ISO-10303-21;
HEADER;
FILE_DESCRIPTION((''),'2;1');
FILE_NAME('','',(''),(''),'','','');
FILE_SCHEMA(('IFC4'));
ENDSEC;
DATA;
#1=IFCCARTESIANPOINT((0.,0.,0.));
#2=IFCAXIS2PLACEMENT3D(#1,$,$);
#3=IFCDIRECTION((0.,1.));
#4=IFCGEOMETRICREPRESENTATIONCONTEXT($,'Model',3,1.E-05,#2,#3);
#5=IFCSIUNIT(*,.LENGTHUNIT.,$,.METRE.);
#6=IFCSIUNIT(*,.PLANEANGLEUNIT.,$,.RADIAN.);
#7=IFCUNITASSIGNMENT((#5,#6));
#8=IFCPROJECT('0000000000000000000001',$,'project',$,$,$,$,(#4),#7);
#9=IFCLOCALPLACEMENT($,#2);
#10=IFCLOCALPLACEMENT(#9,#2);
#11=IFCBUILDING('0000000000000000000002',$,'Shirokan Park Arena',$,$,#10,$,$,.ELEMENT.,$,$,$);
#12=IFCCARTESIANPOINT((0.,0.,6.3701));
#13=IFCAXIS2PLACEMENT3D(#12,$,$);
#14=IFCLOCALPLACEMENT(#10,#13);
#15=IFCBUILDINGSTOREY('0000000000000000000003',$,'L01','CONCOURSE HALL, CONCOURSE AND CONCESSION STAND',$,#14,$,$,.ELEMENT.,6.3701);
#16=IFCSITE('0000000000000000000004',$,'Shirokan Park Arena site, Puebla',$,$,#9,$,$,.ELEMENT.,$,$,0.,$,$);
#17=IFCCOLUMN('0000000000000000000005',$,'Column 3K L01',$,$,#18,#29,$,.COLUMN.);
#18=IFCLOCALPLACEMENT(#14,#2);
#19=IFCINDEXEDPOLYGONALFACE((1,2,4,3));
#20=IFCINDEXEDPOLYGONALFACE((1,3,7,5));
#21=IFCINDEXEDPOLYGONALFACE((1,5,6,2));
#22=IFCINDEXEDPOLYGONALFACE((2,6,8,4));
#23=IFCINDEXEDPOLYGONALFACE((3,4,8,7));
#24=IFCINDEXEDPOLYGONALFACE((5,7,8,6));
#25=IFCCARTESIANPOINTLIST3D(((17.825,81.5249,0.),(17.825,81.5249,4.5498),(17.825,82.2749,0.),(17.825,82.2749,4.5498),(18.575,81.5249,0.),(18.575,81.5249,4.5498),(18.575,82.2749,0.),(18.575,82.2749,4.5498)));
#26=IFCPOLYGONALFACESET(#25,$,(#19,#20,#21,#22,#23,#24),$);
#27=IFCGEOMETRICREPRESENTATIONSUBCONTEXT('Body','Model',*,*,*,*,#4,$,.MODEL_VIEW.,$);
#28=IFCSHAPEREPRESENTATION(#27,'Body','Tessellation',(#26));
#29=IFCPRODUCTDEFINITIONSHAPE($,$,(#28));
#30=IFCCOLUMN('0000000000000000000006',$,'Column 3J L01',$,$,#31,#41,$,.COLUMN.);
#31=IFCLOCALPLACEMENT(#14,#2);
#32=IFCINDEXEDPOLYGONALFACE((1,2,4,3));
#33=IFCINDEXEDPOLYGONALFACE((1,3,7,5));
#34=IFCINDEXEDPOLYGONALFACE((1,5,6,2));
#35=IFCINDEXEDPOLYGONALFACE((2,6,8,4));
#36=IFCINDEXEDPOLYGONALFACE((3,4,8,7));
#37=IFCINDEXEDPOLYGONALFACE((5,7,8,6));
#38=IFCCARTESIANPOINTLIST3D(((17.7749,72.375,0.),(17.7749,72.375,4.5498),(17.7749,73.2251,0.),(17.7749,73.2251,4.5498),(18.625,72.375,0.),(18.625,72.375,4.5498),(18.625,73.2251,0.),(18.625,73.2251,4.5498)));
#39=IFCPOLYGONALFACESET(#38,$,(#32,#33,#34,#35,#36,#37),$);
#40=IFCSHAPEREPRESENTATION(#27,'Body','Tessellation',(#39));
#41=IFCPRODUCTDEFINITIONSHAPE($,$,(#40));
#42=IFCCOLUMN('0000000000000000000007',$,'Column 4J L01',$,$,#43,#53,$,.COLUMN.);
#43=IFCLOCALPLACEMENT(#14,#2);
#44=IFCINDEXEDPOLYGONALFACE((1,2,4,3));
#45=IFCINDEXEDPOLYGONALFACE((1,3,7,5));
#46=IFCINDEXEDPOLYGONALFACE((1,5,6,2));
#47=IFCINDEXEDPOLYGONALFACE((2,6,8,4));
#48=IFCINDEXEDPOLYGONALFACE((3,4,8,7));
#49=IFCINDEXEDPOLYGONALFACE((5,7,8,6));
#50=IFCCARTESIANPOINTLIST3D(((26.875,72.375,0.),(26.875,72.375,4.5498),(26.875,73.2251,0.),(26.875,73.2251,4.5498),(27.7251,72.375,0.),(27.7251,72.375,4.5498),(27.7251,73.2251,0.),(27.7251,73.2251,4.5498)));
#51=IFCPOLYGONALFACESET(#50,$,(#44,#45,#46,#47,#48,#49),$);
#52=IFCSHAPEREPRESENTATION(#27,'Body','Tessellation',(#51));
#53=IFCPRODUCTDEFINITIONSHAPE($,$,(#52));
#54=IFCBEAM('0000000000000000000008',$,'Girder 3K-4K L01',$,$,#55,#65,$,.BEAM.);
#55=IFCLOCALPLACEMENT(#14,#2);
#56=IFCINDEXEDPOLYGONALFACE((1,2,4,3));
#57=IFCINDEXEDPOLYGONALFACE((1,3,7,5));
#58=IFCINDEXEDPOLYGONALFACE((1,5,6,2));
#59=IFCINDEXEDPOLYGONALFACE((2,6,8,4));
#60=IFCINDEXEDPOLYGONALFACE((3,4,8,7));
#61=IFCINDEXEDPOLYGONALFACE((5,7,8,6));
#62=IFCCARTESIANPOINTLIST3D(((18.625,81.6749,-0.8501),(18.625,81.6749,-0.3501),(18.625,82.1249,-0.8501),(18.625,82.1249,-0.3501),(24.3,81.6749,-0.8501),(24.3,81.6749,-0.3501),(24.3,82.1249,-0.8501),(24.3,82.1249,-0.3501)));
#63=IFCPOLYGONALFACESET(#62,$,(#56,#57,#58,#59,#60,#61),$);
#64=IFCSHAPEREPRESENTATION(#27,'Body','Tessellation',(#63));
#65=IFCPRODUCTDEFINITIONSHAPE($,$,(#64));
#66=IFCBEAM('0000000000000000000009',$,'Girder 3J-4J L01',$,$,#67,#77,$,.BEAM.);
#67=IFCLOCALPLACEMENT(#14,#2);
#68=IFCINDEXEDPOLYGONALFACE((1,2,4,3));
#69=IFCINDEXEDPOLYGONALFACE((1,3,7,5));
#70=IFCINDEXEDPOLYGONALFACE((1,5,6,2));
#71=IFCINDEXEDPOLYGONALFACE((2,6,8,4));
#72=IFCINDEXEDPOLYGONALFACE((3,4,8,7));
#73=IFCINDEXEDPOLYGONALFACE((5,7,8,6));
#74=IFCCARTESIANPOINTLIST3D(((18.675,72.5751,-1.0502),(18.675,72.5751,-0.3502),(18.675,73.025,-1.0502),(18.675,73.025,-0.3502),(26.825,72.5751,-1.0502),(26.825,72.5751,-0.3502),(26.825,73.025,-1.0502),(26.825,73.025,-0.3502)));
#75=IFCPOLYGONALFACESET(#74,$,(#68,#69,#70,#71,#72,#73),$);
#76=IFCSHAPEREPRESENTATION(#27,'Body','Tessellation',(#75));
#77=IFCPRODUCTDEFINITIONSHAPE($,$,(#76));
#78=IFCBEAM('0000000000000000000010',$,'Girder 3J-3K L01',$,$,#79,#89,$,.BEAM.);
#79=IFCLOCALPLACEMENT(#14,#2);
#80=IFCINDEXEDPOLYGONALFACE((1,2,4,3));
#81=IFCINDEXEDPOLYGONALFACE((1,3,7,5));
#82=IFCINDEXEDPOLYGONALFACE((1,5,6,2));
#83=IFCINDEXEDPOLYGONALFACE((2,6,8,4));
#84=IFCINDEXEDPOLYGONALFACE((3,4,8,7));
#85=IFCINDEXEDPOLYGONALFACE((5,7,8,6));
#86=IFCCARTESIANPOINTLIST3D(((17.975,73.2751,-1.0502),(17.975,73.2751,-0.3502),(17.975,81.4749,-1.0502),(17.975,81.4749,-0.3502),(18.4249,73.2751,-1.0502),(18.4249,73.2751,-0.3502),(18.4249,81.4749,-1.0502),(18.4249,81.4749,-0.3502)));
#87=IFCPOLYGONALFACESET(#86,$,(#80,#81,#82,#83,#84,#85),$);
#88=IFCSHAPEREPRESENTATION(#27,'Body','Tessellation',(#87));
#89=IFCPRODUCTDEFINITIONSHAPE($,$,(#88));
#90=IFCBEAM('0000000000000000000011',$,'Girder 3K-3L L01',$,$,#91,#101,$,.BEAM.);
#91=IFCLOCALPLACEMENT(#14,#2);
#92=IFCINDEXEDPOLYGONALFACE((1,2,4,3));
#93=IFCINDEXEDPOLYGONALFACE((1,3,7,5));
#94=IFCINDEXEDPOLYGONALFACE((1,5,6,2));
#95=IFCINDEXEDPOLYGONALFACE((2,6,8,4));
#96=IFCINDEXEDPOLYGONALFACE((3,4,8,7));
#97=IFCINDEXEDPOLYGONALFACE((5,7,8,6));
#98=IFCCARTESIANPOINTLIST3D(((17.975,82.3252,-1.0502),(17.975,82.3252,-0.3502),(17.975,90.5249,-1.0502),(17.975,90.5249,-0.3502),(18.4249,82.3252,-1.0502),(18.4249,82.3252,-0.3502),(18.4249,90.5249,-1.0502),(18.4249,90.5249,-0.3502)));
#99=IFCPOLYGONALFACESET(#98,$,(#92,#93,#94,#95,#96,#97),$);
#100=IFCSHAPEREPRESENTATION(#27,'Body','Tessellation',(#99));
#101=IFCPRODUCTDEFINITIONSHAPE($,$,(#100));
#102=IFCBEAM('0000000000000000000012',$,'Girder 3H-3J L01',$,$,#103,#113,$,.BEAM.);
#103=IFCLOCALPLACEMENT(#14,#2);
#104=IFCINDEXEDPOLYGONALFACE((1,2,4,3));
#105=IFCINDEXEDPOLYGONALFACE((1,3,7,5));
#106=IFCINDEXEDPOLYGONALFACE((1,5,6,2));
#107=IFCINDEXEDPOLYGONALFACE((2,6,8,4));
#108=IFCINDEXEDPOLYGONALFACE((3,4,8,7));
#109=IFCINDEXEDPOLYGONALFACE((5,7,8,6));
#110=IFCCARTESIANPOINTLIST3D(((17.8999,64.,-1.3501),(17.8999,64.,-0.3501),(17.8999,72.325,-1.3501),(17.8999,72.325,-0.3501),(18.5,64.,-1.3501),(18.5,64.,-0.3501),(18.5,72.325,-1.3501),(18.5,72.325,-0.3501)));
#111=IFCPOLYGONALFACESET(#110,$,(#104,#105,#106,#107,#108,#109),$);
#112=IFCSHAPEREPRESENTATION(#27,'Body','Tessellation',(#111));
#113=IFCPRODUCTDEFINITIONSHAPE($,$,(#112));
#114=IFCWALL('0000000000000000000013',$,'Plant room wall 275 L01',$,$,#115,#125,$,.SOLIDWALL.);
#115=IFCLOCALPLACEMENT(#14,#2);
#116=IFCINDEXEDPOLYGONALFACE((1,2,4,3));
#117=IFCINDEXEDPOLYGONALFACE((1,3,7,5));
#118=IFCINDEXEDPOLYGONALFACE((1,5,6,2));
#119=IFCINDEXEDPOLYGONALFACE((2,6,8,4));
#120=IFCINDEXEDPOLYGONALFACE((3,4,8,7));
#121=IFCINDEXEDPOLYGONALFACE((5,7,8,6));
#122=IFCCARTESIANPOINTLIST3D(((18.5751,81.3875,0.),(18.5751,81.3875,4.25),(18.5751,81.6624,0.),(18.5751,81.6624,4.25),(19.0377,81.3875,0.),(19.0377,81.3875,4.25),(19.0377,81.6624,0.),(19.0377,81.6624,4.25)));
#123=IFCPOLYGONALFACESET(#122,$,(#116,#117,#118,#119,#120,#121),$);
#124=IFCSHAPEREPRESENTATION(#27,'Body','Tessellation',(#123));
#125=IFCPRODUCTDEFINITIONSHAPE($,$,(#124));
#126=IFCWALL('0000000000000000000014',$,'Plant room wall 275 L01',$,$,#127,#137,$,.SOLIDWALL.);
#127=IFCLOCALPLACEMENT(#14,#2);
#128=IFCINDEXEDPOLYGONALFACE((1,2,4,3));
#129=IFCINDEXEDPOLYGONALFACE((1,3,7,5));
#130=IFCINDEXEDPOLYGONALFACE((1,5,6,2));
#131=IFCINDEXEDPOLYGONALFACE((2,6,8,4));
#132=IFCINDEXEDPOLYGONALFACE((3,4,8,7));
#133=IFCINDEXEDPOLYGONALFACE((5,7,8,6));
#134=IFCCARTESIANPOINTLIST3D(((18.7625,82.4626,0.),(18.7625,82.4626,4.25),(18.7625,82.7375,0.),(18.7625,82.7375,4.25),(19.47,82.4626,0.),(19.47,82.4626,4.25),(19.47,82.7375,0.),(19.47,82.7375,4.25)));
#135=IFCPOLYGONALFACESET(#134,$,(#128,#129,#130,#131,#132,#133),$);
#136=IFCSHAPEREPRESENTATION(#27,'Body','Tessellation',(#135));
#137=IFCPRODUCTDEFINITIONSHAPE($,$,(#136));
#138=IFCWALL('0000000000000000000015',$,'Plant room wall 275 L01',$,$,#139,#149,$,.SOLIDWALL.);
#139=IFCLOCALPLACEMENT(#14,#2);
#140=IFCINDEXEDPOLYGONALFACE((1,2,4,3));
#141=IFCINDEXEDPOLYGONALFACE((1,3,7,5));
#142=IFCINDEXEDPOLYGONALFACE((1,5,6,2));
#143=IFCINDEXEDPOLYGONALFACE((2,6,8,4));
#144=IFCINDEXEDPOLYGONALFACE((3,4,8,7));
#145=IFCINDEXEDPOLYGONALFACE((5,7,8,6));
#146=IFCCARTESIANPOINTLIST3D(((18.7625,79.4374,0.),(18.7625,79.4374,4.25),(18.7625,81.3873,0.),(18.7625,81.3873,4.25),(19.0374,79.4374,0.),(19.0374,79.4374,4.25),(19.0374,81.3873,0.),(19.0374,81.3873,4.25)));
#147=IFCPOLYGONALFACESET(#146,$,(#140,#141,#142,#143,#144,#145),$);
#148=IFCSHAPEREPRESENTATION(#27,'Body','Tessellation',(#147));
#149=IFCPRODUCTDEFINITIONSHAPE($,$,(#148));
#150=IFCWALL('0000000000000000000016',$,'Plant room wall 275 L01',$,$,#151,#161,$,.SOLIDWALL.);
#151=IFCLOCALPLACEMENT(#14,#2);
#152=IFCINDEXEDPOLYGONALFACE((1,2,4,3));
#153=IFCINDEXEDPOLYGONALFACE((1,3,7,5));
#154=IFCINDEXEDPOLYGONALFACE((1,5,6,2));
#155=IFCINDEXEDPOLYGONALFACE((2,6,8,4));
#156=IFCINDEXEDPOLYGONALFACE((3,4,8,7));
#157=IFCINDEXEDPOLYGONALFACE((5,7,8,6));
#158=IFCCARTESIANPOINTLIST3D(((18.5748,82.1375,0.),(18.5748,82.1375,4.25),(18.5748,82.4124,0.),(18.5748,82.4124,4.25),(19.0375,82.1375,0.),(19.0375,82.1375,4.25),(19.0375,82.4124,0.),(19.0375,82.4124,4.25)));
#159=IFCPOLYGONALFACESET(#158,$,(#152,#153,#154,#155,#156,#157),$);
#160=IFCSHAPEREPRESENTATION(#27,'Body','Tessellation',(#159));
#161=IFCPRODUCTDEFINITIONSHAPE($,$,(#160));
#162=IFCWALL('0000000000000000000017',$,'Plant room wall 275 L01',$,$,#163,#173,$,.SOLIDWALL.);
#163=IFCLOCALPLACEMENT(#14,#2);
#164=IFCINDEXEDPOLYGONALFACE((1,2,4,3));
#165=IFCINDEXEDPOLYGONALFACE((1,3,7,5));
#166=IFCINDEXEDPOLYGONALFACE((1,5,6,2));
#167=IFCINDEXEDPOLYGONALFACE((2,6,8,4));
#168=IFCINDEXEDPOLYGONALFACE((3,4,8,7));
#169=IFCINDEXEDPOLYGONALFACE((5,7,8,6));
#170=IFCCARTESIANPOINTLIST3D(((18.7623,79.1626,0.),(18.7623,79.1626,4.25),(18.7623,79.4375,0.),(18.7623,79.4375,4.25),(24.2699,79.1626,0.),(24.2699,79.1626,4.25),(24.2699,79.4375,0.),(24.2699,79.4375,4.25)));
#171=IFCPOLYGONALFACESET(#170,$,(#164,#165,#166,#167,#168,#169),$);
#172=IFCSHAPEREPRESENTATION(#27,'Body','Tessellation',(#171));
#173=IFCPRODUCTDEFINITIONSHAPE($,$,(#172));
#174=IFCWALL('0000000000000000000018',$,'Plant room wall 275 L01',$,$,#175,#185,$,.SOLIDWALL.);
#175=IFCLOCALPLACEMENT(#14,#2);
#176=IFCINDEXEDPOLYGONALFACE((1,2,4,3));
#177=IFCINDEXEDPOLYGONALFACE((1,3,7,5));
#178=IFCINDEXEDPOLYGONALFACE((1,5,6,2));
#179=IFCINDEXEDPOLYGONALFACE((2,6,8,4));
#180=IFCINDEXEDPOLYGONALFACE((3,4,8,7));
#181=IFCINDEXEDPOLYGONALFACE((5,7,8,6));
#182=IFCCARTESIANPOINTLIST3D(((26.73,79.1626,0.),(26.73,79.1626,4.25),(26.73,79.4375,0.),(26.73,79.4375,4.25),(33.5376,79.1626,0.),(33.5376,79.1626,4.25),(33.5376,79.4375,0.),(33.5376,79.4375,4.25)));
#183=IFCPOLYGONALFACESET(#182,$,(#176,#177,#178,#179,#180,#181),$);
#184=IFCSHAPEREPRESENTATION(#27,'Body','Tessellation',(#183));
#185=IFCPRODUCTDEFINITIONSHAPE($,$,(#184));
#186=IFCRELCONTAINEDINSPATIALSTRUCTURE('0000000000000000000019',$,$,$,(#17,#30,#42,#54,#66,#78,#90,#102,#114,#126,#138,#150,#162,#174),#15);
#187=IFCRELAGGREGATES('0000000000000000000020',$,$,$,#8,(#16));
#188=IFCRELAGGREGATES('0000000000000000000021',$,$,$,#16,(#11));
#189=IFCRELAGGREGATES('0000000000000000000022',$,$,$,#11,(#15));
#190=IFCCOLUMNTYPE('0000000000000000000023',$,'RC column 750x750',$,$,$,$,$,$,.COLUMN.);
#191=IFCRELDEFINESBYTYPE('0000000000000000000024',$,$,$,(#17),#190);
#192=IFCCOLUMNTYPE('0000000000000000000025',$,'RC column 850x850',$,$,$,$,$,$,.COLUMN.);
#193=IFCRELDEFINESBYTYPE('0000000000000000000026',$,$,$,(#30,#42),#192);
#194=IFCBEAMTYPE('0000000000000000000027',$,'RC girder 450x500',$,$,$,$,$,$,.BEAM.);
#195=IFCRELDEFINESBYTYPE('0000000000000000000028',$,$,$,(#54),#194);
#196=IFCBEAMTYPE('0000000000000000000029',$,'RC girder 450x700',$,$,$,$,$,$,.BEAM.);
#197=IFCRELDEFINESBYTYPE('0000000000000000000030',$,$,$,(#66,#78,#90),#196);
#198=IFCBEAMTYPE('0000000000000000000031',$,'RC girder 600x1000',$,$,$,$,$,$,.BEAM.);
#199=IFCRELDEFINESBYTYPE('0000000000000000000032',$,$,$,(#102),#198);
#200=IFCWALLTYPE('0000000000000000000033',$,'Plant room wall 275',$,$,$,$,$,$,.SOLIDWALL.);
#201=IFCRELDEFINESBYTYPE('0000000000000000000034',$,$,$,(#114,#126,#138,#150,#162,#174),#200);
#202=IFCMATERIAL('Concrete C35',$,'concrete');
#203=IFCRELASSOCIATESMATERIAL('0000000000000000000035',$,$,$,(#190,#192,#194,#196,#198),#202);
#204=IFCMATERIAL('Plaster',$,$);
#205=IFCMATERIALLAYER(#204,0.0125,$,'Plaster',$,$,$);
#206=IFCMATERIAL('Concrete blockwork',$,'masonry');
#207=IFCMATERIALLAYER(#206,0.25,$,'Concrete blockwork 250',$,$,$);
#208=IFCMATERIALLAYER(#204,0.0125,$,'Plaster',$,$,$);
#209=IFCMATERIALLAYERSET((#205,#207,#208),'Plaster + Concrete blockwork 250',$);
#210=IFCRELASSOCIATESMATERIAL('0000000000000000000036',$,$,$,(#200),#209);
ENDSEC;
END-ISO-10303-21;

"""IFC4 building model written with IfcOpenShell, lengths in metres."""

from ifc_helpers import new_model, si_unit, direction, frame, frame_2d, origin, origin_2d, place, context, subcontext, project, spatial, rectangle, extrude, material, layer, layer_set, material_profile, profile_set, type_object, element, save


model = new_model("IFC4")

# Units and contexts
model_context = context("Model", 3, precision=1e-05, world=origin(), true_north=direction((0.0, 1.0)))
body_context = subcontext(model_context, "Body", "Model", "MODEL_VIEW")
ifc_project = project(units=[si_unit("LENGTHUNIT", "METRE"), si_unit("PLANEANGLEUNIT", "RADIAN")], contexts=[model_context])

# Site, building, storey
site_placement = place(None, origin())
site = spatial("IfcSite", under=ifc_project, at=site_placement, Name="Shirokan Park Arena site, Puebla", CompositionType="ELEMENT", RefElevation=0.0)
building_placement = place(site_placement, origin())
building = spatial("IfcBuilding", under=site, at=building_placement, Name="Shirokan Park Arena", CompositionType="ELEMENT")
storey_placement = place(building_placement, frame((0.0, 0.0, 6.3701)))
storey = spatial("IfcBuildingStorey", under=building, at=storey_placement, Name="L01", Description="CONCOURSE HALL, CONCOURSE AND CONCESSION STAND", CompositionType="ELEMENT", Elevation=6.3701)

# Columns
ifc_material_1 = material(Name="Concrete C35", Category="concrete")
ifc_material_profile_1 = material_profile(ifc_material_1, rectangle(XDim=0.75, YDim=0.75, at=origin_2d()), Name="750x750")
ifc_profile_set_1 = profile_set([ifc_material_profile_1], Name="Concrete C35")
column_type_1 = type_object("IfcColumnType", Name="RC column 750x750", PredefinedType="COLUMN", material=ifc_profile_set_1)
column_placement = place(storey_placement, frame((18.2, 81.8999, 0.0), z_axis=(0.0, 0.0, 1.0), x_axis=(1.0, 0.0, 0.0)))
element("IfcColumn", 1, at=column_placement, inside=storey, type_object=column_type_1, Name="Column 3K L01", PredefinedType="COLUMN", context=body_context, shape_type="SweptSolid", body=[
    extrude(rectangle(XDim=0.75, YDim=0.75, at=origin_2d()), origin(), (0.0, 0.0, 1.0), 4.5498),
])
ifc_material_profile_2 = material_profile(ifc_material_1, rectangle(XDim=0.8501, YDim=0.8501, at=origin_2d()), Name="850x850")
ifc_profile_set_2 = profile_set([ifc_material_profile_2], Name="Concrete C35")
column_type_2 = type_object("IfcColumnType", Name="RC column 850x850", PredefinedType="COLUMN", material=ifc_profile_set_2)
for number, where, z_axis, x_axis, name in (
    (2, (18.2, 72.8, 0.0), (0.0, 0.0, 1.0), (1.0, 0.0, 0.0), "Column 3J L01"),
    (3, (27.3, 72.8, 0.0), (0.0, 0.0, 1.0), (1.0, 0.0, 0.0), "Column 4J L01"),
):
    element("IfcColumn", number, at=place(storey_placement, frame(where, z_axis=z_axis, x_axis=x_axis)), inside=storey, type_object=column_type_2, Name=name, PredefinedType="COLUMN", context=body_context, shape_type="SweptSolid", body=[
        extrude(rectangle(XDim=0.8501, YDim=0.8501, at=origin_2d()), origin(), (0.0, 0.0, 1.0), 4.5498),
    ])

# Beams
ifc_material_profile_3 = material_profile(ifc_material_1, rectangle(XDim=0.45, YDim=0.5, at=origin_2d()), Name="450x500")
ifc_profile_set_3 = profile_set([ifc_material_profile_3], Name="Concrete C35")
beam_type_1 = type_object("IfcBeamType", Name="RC girder 450x500", PredefinedType="BEAM", material=ifc_profile_set_3)
beam_1_placement = place(storey_placement, frame((18.625, 81.8999, -0.6001), z_axis=(1.0, 0.0, 0.0), x_axis=(0.0, 1.0, 0.0)))
element("IfcBeam", 4, at=beam_1_placement, inside=storey, type_object=beam_type_1, Name="Girder 3K-4K L01", PredefinedType="BEAM", context=body_context, shape_type="SweptSolid", body=[
    extrude(rectangle(XDim=0.45, YDim=0.5, at=origin_2d()), origin(), (0.0, 0.0, 1.0), 5.675),
])
ifc_material_profile_4 = material_profile(ifc_material_1, rectangle(XDim=0.45, YDim=0.7, at=origin_2d()), Name="450x700")
ifc_profile_set_4 = profile_set([ifc_material_profile_4], Name="Concrete C35")
beam_type_2 = type_object("IfcBeamType", Name="RC girder 450x700", PredefinedType="BEAM", material=ifc_profile_set_4)
beam_2_placement = place(storey_placement, frame((18.675, 72.8, -0.7002), z_axis=(1.0, 0.0, 0.0), x_axis=(0.0, 1.0, 0.0)))
element("IfcBeam", 5, at=beam_2_placement, inside=storey, type_object=beam_type_2, Name="Girder 3J-4J L01", PredefinedType="BEAM", context=body_context, shape_type="SweptSolid", body=[
    extrude(rectangle(XDim=0.45, YDim=0.7, at=origin_2d()), origin(), (0.0, 0.0, 1.0), 8.1499),
])
for number, where, z_axis, x_axis, name in (
    (6, (18.2, 73.2751, -0.7002), (0.0, 1.0, 0.0), (-1.0, 0.0, 0.0), "Girder 3J-3K L01"),
    (7, (18.2, 82.3252, -0.7002), (0.0, 1.0, 0.0), (-1.0, 0.0, 0.0), "Girder 3K-3L L01"),
):
    element("IfcBeam", number, at=place(storey_placement, frame(where, z_axis=z_axis, x_axis=x_axis)), inside=storey, type_object=beam_type_2, Name=name, PredefinedType="BEAM", context=body_context, shape_type="SweptSolid", body=[
        extrude(rectangle(XDim=0.45, YDim=0.7, at=origin_2d()), origin(), (0.0, 0.0, 1.0), 8.1997),
    ])
ifc_material_profile_5 = material_profile(ifc_material_1, rectangle(XDim=0.6001, YDim=1.0, at=origin_2d()), Name="600x1000")
ifc_profile_set_5 = profile_set([ifc_material_profile_5], Name="Concrete C35")
beam_type_3 = type_object("IfcBeamType", Name="RC girder 600x1000", PredefinedType="BEAM", material=ifc_profile_set_5)
beam_3_placement = place(storey_placement, frame((18.2, 64.0, -0.8501), z_axis=(0.0, 1.0, 0.0), x_axis=(-1.0, 0.0, 0.0)))
element("IfcBeam", 8, at=beam_3_placement, inside=storey, type_object=beam_type_3, Name="Girder 3H-3J L01", PredefinedType="BEAM", context=body_context, shape_type="SweptSolid", body=[
    extrude(rectangle(XDim=0.6001, YDim=1.0, at=origin_2d()), origin(), (0.0, 0.0, 1.0), 8.325),
])

# Walls
ifc_material_2 = material(Name="Plaster")
ifc_layer_1 = layer(ifc_material_2, 0.0125, Name="Plaster")
ifc_material_3 = material(Name="Concrete blockwork", Category="masonry")
ifc_layer_2 = layer(ifc_material_3, 0.25, Name="Concrete blockwork 250")
ifc_layer_3 = layer(ifc_material_2, 0.0125, Name="Plaster")
ifc_layer_set_1 = layer_set([ifc_layer_1, ifc_layer_2, ifc_layer_3], Name="Plaster + Concrete blockwork 250")
wall_type_1 = type_object("IfcWallType", Name="Plant room wall 275", PredefinedType="SOLIDWALL", material=ifc_layer_set_1)
wall_1_placement = place(storey_placement, frame((18.575, 81.5249, 0.0), z_axis=(0.0, 0.0, 1.0), x_axis=(1.0, 0.0, 0.0)))
element("IfcWall", 9, at=wall_1_placement, inside=storey, type_object=wall_type_1, Name="Plant room wall 275 L01", PredefinedType="SOLIDWALL", context=body_context, shape_type="SweptSolid", body=[
    extrude(rectangle(XDim=0.4626, YDim=0.2749, at=frame_2d((0.2314, 0.0))), origin(), (0.0, 0.0, 1.0), 4.25),
])
wall_2_placement = place(storey_placement, frame((18.7625, 82.6001, 0.0), z_axis=(0.0, 0.0, 1.0), x_axis=(1.0, 0.0, 0.0)))
element("IfcWall", 10, at=wall_2_placement, inside=storey, type_object=wall_type_1, Name="Plant room wall 275 L01", PredefinedType="SOLIDWALL", context=body_context, shape_type="SweptSolid", body=[
    extrude(rectangle(XDim=0.7075, YDim=0.2749, at=frame_2d((0.3538, 0.0))), origin(), (0.0, 0.0, 1.0), 4.25),
])
wall_3_placement = place(storey_placement, frame((18.8999, 81.3875, 0.0), z_axis=(0.0, 0.0, 1.0), x_axis=(0.0, -1.0, 0.0)))
element("IfcWall", 11, at=wall_3_placement, inside=storey, type_object=wall_type_1, Name="Plant room wall 275 L01", PredefinedType="SOLIDWALL", context=body_context, shape_type="SweptSolid", body=[
    extrude(rectangle(XDim=1.95, YDim=0.2749, at=frame_2d((0.9751, 0.0))), origin(), (0.0, 0.0, 1.0), 4.25),
])
wall_4_placement = place(storey_placement, frame((19.0376, 82.2749, 0.0), z_axis=(0.0, 0.0, 1.0), x_axis=(-1.0, 0.0, 0.0)))
element("IfcWall", 12, at=wall_4_placement, inside=storey, type_object=wall_type_1, Name="Plant room wall 275 L01", PredefinedType="SOLIDWALL", context=body_context, shape_type="SweptSolid", body=[
    extrude(rectangle(XDim=0.4626, YDim=0.2749, at=frame_2d((0.2314, 0.0))), origin(), (0.0, 0.0, 1.0), 4.25),
])
wall_5_placement = place(storey_placement, frame((24.27, 79.3, 0.0), z_axis=(0.0, 0.0, 1.0), x_axis=(-1.0, 0.0, 0.0)))
element("IfcWall", 13, at=wall_5_placement, inside=storey, type_object=wall_type_1, Name="Plant room wall 275 L01", PredefinedType="SOLIDWALL", context=body_context, shape_type="SweptSolid", body=[
    extrude(rectangle(XDim=5.5076, YDim=0.2749, at=frame_2d((2.7539, 0.0))), origin(), (0.0, 0.0, 1.0), 4.25),
])
wall_6_placement = place(storey_placement, frame((26.73, 79.3, 0.0), z_axis=(0.0, 0.0, 1.0), x_axis=(1.0, 0.0, 0.0)))
element("IfcWall", 14, at=wall_6_placement, inside=storey, type_object=wall_type_1, Name="Plant room wall 275 L01", PredefinedType="SOLIDWALL", context=body_context, shape_type="SweptSolid", body=[
    extrude(rectangle(XDim=6.8076, YDim=0.2749, at=frame_2d((3.4038, 0.0))), origin(), (0.0, 0.0, 1.0), 4.25),
])

save(model, "model.ifc")
